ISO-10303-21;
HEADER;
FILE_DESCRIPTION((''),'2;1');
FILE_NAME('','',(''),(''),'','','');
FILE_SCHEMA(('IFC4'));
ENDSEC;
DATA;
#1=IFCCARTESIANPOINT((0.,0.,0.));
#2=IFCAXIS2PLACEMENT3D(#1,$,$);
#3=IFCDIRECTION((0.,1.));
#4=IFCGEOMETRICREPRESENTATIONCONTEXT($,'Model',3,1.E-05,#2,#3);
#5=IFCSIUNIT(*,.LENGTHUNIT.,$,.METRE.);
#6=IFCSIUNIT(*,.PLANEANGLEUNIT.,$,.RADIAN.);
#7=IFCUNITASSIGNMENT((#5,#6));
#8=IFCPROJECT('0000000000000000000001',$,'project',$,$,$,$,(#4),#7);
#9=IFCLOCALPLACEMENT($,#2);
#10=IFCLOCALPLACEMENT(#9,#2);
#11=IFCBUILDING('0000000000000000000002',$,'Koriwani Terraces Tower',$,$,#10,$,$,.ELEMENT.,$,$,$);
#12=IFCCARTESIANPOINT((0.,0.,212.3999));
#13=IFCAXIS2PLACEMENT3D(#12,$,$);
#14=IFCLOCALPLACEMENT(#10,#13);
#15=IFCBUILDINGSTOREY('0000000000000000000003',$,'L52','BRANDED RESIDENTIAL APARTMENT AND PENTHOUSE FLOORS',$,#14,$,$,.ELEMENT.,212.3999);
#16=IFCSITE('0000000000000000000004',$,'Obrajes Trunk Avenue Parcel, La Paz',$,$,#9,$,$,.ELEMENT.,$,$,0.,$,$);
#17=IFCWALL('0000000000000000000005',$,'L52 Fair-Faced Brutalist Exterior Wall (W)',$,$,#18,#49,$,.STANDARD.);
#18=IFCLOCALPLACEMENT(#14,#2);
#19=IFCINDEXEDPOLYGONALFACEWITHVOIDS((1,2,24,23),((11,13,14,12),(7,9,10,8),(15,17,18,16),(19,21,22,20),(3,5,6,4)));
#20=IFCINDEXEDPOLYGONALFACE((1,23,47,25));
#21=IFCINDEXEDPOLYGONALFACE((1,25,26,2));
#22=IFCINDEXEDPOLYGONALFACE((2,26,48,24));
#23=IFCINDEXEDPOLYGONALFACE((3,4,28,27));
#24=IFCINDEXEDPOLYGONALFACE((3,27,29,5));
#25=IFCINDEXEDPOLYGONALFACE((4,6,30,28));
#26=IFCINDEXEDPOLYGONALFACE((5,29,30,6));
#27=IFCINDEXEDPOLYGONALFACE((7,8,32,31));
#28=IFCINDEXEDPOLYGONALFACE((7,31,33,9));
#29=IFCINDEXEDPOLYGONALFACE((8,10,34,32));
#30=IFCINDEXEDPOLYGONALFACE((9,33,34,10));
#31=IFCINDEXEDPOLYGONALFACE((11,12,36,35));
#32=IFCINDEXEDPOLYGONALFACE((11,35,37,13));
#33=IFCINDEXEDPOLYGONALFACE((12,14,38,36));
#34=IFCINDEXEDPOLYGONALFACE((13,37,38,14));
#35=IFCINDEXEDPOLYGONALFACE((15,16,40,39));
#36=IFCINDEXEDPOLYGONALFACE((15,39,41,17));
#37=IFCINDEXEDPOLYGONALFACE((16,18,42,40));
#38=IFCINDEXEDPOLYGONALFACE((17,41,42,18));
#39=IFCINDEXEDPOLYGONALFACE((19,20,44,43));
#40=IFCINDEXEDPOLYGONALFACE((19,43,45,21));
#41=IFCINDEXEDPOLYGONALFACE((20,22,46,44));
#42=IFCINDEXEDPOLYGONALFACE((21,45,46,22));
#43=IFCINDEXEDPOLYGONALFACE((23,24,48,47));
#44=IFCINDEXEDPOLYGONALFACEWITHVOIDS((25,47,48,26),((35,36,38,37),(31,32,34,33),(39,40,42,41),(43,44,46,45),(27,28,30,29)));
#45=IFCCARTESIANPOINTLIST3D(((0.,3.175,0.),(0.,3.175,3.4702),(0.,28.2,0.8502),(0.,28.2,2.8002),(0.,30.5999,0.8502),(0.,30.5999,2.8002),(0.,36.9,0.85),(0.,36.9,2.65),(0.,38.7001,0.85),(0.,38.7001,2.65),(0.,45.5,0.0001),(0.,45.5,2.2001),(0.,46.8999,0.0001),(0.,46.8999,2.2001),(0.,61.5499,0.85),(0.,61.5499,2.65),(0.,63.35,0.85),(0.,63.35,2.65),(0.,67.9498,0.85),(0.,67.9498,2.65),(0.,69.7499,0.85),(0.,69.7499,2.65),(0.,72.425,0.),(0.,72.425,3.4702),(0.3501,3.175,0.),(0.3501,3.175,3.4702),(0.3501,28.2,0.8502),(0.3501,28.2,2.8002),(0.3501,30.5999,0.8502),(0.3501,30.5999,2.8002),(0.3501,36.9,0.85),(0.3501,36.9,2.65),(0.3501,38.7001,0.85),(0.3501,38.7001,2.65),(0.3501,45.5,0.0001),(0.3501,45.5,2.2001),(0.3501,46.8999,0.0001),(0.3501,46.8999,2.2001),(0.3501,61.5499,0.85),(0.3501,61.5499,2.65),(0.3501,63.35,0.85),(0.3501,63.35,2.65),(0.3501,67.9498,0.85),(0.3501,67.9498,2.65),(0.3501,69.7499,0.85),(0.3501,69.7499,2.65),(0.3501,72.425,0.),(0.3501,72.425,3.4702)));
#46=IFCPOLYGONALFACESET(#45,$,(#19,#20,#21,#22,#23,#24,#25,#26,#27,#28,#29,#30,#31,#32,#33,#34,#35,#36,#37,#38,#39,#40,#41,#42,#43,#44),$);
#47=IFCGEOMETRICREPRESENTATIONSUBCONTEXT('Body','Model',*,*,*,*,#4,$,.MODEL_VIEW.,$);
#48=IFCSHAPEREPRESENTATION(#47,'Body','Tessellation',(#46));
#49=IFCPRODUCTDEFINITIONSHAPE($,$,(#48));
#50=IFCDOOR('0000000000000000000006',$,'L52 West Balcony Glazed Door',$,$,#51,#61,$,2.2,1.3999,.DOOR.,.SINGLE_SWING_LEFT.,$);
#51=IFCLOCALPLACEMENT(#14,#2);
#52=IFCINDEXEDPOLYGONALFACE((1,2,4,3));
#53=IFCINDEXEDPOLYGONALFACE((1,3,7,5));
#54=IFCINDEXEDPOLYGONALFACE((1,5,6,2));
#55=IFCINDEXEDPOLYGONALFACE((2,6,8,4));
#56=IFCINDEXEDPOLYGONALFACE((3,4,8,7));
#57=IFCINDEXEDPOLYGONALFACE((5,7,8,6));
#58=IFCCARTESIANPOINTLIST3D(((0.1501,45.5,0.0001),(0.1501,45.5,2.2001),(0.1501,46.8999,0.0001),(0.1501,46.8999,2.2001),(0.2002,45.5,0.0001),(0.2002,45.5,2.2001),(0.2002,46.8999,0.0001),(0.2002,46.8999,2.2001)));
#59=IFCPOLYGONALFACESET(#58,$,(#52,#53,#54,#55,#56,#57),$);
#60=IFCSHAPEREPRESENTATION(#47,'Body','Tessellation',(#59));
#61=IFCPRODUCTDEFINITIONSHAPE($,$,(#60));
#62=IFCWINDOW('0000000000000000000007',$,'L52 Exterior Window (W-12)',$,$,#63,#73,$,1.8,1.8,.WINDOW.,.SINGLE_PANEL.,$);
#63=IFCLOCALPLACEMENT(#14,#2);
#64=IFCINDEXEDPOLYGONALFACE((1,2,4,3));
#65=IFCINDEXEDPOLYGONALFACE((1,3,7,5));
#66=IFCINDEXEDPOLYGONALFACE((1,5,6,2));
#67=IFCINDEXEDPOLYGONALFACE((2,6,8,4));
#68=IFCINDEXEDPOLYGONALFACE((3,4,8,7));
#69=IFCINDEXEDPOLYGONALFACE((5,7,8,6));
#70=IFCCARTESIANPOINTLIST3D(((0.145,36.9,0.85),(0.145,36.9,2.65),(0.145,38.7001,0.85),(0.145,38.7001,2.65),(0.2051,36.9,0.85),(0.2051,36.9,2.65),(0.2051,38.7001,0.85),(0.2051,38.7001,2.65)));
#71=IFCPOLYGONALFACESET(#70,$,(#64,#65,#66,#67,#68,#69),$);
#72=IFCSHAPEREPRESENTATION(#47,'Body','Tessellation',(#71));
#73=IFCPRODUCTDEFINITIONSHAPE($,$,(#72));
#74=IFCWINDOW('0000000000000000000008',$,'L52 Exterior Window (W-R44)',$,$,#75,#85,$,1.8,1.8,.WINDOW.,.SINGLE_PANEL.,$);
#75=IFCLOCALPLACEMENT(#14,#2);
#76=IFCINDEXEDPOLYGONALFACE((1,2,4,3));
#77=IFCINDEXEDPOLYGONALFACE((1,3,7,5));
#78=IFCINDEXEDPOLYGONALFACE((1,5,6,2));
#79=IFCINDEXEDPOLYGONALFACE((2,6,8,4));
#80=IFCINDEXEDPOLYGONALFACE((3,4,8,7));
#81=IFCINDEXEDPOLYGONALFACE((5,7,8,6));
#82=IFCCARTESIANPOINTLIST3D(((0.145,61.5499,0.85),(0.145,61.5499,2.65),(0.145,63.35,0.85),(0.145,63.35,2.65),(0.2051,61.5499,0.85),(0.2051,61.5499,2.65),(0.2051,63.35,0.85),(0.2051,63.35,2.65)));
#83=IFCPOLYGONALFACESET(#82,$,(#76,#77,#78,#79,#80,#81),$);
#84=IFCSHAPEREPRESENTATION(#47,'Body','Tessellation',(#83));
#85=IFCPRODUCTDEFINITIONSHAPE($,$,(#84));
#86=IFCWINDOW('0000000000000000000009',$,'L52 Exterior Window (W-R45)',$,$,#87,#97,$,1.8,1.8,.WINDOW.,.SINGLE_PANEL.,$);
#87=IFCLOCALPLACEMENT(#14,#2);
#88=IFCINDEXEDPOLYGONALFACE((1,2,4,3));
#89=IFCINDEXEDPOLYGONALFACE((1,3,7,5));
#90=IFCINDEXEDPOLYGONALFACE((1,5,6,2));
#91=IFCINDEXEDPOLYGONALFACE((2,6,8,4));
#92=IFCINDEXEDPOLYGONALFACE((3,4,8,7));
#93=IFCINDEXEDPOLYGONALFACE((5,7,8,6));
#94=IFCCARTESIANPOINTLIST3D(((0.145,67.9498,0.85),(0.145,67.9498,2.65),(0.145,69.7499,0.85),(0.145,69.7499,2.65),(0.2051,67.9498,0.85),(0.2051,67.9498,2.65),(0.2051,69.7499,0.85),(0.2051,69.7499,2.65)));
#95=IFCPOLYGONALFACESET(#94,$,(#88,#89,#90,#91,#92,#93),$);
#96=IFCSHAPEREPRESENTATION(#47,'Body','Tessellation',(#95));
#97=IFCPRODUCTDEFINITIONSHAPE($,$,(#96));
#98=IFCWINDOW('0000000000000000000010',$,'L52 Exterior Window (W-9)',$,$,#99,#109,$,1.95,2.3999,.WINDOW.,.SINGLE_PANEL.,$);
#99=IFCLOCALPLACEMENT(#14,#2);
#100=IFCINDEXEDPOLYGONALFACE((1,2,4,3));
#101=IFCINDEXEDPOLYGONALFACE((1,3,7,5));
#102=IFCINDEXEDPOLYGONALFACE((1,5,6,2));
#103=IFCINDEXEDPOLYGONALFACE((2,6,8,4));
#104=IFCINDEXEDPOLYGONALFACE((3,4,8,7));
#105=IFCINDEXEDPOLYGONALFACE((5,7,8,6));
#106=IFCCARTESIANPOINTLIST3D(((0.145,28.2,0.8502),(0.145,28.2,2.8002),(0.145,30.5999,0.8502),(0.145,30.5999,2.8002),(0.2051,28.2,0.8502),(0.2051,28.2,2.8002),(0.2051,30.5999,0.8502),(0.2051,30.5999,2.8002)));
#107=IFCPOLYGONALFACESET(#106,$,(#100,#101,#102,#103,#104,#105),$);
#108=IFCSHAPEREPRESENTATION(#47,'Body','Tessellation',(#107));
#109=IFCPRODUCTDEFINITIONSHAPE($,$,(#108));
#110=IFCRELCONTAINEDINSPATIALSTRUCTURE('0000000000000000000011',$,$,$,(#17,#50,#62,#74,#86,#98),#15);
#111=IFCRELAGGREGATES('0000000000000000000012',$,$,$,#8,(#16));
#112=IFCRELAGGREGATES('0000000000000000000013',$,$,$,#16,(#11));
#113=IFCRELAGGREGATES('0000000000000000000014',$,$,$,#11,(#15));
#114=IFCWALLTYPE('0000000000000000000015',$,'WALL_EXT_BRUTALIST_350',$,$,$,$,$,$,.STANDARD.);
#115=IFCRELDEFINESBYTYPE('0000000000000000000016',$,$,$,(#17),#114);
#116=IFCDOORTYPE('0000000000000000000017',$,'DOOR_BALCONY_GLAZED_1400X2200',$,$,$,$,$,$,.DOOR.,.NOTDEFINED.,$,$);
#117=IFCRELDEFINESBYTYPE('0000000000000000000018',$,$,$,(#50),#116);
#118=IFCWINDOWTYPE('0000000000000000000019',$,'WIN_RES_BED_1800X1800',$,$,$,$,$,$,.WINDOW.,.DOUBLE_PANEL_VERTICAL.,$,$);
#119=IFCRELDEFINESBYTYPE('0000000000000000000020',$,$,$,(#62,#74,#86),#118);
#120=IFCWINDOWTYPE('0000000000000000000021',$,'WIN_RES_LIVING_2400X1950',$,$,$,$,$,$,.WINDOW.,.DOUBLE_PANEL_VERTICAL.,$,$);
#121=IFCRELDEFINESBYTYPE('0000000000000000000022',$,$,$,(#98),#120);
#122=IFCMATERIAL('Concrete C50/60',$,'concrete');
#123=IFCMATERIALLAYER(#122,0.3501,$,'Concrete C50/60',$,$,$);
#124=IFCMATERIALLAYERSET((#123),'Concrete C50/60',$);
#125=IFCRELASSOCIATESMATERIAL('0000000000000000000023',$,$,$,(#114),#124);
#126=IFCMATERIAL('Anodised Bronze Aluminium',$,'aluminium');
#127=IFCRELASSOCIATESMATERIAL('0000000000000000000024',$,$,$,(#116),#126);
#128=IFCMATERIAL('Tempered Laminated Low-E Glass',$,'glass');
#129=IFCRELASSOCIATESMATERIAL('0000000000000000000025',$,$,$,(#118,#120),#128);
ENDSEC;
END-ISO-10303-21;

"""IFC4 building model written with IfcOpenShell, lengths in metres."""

from ifc_helpers import new_model, si_unit, direction, frame, frame_2d, origin, place, context, subcontext, project, spatial, rectangle, extrude, material, layer, layer_set, type_object, element, fill, save


model = new_model("IFC4")

# Units and contexts
model_context = context("Model", 3, precision=1e-05, world=origin(), true_north=direction((0.0, 1.0)))
body_context = subcontext(model_context, "Body", "Model", "MODEL_VIEW")
ifc_project = project(units=[si_unit("LENGTHUNIT", "METRE"), si_unit("PLANEANGLEUNIT", "RADIAN")], contexts=[model_context])

# Site, building, storey
site_placement = place(None, origin())
site = spatial("IfcSite", under=ifc_project, at=site_placement, Name="Obrajes Trunk Avenue Parcel, La Paz", CompositionType="ELEMENT", RefElevation=0.0)
building_placement = place(site_placement, origin())
building = spatial("IfcBuilding", under=site, at=building_placement, Name="Koriwani Terraces Tower", CompositionType="ELEMENT")
storey_placement = place(building_placement, frame((0.0, 0.0, 212.3999)))
storey = spatial("IfcBuildingStorey", under=building, at=storey_placement, Name="L52", Description="BRANDED RESIDENTIAL APARTMENT AND PENTHOUSE FLOORS", CompositionType="ELEMENT", Elevation=212.3999)

# Shared definitions
ifc_material_1 = material(Name="Concrete C50/60", Category="concrete")

# Shared definitions
ifc_material_2 = material(Name="Anodised Bronze Aluminium", Category="aluminium")

# Shared definitions
ifc_layer_1 = layer(ifc_material_1, 0.3501, Name="Concrete C50/60")
ifc_layer_set_1 = layer_set([ifc_layer_1], Name="Concrete C50/60")
wall_type_1 = type_object("IfcWallType", Name="WALL_EXT_BRUTALIST_350", PredefinedType="STANDARD", material=ifc_layer_set_1)

# Wall, openings, door, windows
wall_1_placement = place(storey_placement, frame((0.175, 3.175, 0.0), z_axis=(0.0, 0.0, 1.0), x_axis=(0.0, 1.0, 0.0)))
wall_1 = element("IfcWall", 1, at=wall_1_placement, inside=storey, type_object=wall_type_1, Name="L52 Fair-Faced Brutalist Exterior Wall (W)", PredefinedType="STANDARD", context=body_context, shape_type="SweptSolid", body=[
    extrude(rectangle(XDim=69.25, YDim=0.3501, at=frame_2d((34.625, 0.0))), origin(), (0.0, 0.0, 1.0), 3.4702),
])
opening_1_placement = place(wall_1_placement, frame((42.325, 0.0, 0.0)))
opening_1 = element("IfcOpeningElement", 2, at=opening_1_placement, cuts=wall_1, PredefinedType="OPENING", context=body_context, shape_type="SweptSolid", body=[
    extrude(rectangle(XDim=1.3999, YDim=2.2, at=frame_2d((0.7, 1.1001))), frame((0.0, 0.1851, 0.0), z_axis=(0.0, -1.0, 0.0), x_axis=(1.0, 0.0, 0.0)), (0.0, 0.0, 1.0), 0.3701),
])
opening_2_placement = place(wall_1_placement, frame((25.0249, 0.0, 0.8501)))
opening_2 = element("IfcOpeningElement", 3, at=opening_2_placement, cuts=wall_1, PredefinedType="OPENING", context=body_context, shape_type="SweptSolid", body=[
    extrude(rectangle(XDim=2.3999, YDim=1.95, at=frame_2d((1.2, 0.9751))), frame((0.0, 0.1851, 0.0), z_axis=(0.0, -1.0, 0.0), x_axis=(1.0, 0.0, 0.0)), (0.0, 0.0, 1.0), 0.3701),
])
opening_3_placement = place(wall_1_placement, frame((33.7251, 0.0, 0.8501)))
opening_3 = element("IfcOpeningElement", 4, at=opening_3_placement, cuts=wall_1, PredefinedType="OPENING", context=body_context, shape_type="SweptSolid", body=[
    extrude(rectangle(XDim=1.8, YDim=1.8, at=frame_2d((0.8999, 0.8999))), frame((0.0, 0.1851, 0.0), z_axis=(0.0, -1.0, 0.0), x_axis=(1.0, 0.0, 0.0)), (0.0, 0.0, 1.0), 0.3701),
])
opening_4_placement = place(wall_1_placement, frame((58.375, 0.0, 0.8501)))
opening_4 = element("IfcOpeningElement", 5, at=opening_4_placement, cuts=wall_1, PredefinedType="OPENING", context=body_context, shape_type="SweptSolid", body=[
    extrude(rectangle(XDim=1.8, YDim=1.8, at=frame_2d((0.8999, 0.8999))), frame((0.0, 0.1851, 0.0), z_axis=(0.0, -1.0, 0.0), x_axis=(1.0, 0.0, 0.0)), (0.0, 0.0, 1.0), 0.3701),
])
opening_5_placement = place(wall_1_placement, frame((64.7749, 0.0, 0.8501)))
opening_5 = element("IfcOpeningElement", 6, at=opening_5_placement, cuts=wall_1, PredefinedType="OPENING", context=body_context, shape_type="SweptSolid", body=[
    extrude(rectangle(XDim=1.8, YDim=1.8, at=frame_2d((0.8999, 0.8999))), frame((0.0, 0.1851, 0.0), z_axis=(0.0, -1.0, 0.0), x_axis=(1.0, 0.0, 0.0)), (0.0, 0.0, 1.0), 0.3701),
])
door_type_1 = type_object("IfcDoorType", Name="DOOR_BALCONY_GLAZED_1400X2200", OperationType="NOTDEFINED", PredefinedType="DOOR", material=ifc_material_2)
door_1_placement = place(opening_1_placement, origin())
door_1 = element("IfcDoor", 7, at=door_1_placement, inside=storey, type_object=door_type_1, Name="L52 West Balcony Glazed Door", OperationType="SINGLE_SWING_LEFT", OverallHeight=2.2, OverallWidth=1.3999, PredefinedType="DOOR", context=body_context, shape_type="SweptSolid", body=[
    extrude(rectangle(XDim=1.3999, YDim=2.2, at=frame_2d((0.7, 1.1001))), frame((0.0, 0.0249, 0.0), z_axis=(0.0, -1.0, 0.0), x_axis=(1.0, 0.0, 0.0)), (0.0, 0.0, 1.0), 0.05),
])
fill(opening_1, door_1)
ifc_material_3 = material(Name="Tempered Laminated Low-E Glass", Category="glass")
window_type_1 = type_object("IfcWindowType", Name="WIN_RES_BED_1800X1800", PartitioningType="DOUBLE_PANEL_VERTICAL", PredefinedType="WINDOW", material=ifc_material_3)
window_1_placement = place(opening_3_placement, origin())
window_1 = element("IfcWindow", 8, at=window_1_placement, inside=storey, type_object=window_type_1, Name="L52 Exterior Window (W-12)", OverallHeight=1.8, OverallWidth=1.8, PartitioningType="SINGLE_PANEL", PredefinedType="WINDOW", context=body_context, shape_type="SweptSolid", body=[
    extrude(rectangle(XDim=1.8, YDim=1.8, at=frame_2d((0.8999, 0.8999))), frame((0.0, 0.03, 0.0), z_axis=(0.0, -1.0, 0.0), x_axis=(1.0, 0.0, 0.0)), (0.0, 0.0, 1.0), 0.0601),
])
fill(opening_3, window_1)
window_2_placement = place(opening_4_placement, origin())
window_2 = element("IfcWindow", 9, at=window_2_placement, inside=storey, type_object=window_type_1, Name="L52 Exterior Window (W-R44)", OverallHeight=1.8, OverallWidth=1.8, PartitioningType="SINGLE_PANEL", PredefinedType="WINDOW", context=body_context, shape_type="SweptSolid", body=[
    extrude(rectangle(XDim=1.8, YDim=1.8, at=frame_2d((0.8999, 0.8999))), frame((0.0, 0.03, 0.0), z_axis=(0.0, -1.0, 0.0), x_axis=(1.0, 0.0, 0.0)), (0.0, 0.0, 1.0), 0.0601),
])
fill(opening_4, window_2)
window_3_placement = place(opening_5_placement, origin())
window_3 = element("IfcWindow", 10, at=window_3_placement, inside=storey, type_object=window_type_1, Name="L52 Exterior Window (W-R45)", OverallHeight=1.8, OverallWidth=1.8, PartitioningType="SINGLE_PANEL", PredefinedType="WINDOW", context=body_context, shape_type="SweptSolid", body=[
    extrude(rectangle(XDim=1.8, YDim=1.8, at=frame_2d((0.8999, 0.8999))), frame((0.0, 0.03, 0.0), z_axis=(0.0, -1.0, 0.0), x_axis=(1.0, 0.0, 0.0)), (0.0, 0.0, 1.0), 0.0601),
])
fill(opening_5, window_3)
window_type_2 = type_object("IfcWindowType", Name="WIN_RES_LIVING_2400X1950", PartitioningType="DOUBLE_PANEL_VERTICAL", PredefinedType="WINDOW", material=ifc_material_3)
window_4_placement = place(opening_2_placement, origin())
window_4 = element("IfcWindow", 11, at=window_4_placement, inside=storey, type_object=window_type_2, Name="L52 Exterior Window (W-9)", OverallHeight=1.95, OverallWidth=2.3999, PartitioningType="SINGLE_PANEL", PredefinedType="WINDOW", context=body_context, shape_type="SweptSolid", body=[
    extrude(rectangle(XDim=2.3999, YDim=1.95, at=frame_2d((1.2, 0.9751))), frame((0.0, 0.03, 0.0), z_axis=(0.0, -1.0, 0.0), x_axis=(1.0, 0.0, 0.0)), (0.0, 0.0, 1.0), 0.0601),
])
fill(opening_2, window_4)

save(model, "model.ifc")
